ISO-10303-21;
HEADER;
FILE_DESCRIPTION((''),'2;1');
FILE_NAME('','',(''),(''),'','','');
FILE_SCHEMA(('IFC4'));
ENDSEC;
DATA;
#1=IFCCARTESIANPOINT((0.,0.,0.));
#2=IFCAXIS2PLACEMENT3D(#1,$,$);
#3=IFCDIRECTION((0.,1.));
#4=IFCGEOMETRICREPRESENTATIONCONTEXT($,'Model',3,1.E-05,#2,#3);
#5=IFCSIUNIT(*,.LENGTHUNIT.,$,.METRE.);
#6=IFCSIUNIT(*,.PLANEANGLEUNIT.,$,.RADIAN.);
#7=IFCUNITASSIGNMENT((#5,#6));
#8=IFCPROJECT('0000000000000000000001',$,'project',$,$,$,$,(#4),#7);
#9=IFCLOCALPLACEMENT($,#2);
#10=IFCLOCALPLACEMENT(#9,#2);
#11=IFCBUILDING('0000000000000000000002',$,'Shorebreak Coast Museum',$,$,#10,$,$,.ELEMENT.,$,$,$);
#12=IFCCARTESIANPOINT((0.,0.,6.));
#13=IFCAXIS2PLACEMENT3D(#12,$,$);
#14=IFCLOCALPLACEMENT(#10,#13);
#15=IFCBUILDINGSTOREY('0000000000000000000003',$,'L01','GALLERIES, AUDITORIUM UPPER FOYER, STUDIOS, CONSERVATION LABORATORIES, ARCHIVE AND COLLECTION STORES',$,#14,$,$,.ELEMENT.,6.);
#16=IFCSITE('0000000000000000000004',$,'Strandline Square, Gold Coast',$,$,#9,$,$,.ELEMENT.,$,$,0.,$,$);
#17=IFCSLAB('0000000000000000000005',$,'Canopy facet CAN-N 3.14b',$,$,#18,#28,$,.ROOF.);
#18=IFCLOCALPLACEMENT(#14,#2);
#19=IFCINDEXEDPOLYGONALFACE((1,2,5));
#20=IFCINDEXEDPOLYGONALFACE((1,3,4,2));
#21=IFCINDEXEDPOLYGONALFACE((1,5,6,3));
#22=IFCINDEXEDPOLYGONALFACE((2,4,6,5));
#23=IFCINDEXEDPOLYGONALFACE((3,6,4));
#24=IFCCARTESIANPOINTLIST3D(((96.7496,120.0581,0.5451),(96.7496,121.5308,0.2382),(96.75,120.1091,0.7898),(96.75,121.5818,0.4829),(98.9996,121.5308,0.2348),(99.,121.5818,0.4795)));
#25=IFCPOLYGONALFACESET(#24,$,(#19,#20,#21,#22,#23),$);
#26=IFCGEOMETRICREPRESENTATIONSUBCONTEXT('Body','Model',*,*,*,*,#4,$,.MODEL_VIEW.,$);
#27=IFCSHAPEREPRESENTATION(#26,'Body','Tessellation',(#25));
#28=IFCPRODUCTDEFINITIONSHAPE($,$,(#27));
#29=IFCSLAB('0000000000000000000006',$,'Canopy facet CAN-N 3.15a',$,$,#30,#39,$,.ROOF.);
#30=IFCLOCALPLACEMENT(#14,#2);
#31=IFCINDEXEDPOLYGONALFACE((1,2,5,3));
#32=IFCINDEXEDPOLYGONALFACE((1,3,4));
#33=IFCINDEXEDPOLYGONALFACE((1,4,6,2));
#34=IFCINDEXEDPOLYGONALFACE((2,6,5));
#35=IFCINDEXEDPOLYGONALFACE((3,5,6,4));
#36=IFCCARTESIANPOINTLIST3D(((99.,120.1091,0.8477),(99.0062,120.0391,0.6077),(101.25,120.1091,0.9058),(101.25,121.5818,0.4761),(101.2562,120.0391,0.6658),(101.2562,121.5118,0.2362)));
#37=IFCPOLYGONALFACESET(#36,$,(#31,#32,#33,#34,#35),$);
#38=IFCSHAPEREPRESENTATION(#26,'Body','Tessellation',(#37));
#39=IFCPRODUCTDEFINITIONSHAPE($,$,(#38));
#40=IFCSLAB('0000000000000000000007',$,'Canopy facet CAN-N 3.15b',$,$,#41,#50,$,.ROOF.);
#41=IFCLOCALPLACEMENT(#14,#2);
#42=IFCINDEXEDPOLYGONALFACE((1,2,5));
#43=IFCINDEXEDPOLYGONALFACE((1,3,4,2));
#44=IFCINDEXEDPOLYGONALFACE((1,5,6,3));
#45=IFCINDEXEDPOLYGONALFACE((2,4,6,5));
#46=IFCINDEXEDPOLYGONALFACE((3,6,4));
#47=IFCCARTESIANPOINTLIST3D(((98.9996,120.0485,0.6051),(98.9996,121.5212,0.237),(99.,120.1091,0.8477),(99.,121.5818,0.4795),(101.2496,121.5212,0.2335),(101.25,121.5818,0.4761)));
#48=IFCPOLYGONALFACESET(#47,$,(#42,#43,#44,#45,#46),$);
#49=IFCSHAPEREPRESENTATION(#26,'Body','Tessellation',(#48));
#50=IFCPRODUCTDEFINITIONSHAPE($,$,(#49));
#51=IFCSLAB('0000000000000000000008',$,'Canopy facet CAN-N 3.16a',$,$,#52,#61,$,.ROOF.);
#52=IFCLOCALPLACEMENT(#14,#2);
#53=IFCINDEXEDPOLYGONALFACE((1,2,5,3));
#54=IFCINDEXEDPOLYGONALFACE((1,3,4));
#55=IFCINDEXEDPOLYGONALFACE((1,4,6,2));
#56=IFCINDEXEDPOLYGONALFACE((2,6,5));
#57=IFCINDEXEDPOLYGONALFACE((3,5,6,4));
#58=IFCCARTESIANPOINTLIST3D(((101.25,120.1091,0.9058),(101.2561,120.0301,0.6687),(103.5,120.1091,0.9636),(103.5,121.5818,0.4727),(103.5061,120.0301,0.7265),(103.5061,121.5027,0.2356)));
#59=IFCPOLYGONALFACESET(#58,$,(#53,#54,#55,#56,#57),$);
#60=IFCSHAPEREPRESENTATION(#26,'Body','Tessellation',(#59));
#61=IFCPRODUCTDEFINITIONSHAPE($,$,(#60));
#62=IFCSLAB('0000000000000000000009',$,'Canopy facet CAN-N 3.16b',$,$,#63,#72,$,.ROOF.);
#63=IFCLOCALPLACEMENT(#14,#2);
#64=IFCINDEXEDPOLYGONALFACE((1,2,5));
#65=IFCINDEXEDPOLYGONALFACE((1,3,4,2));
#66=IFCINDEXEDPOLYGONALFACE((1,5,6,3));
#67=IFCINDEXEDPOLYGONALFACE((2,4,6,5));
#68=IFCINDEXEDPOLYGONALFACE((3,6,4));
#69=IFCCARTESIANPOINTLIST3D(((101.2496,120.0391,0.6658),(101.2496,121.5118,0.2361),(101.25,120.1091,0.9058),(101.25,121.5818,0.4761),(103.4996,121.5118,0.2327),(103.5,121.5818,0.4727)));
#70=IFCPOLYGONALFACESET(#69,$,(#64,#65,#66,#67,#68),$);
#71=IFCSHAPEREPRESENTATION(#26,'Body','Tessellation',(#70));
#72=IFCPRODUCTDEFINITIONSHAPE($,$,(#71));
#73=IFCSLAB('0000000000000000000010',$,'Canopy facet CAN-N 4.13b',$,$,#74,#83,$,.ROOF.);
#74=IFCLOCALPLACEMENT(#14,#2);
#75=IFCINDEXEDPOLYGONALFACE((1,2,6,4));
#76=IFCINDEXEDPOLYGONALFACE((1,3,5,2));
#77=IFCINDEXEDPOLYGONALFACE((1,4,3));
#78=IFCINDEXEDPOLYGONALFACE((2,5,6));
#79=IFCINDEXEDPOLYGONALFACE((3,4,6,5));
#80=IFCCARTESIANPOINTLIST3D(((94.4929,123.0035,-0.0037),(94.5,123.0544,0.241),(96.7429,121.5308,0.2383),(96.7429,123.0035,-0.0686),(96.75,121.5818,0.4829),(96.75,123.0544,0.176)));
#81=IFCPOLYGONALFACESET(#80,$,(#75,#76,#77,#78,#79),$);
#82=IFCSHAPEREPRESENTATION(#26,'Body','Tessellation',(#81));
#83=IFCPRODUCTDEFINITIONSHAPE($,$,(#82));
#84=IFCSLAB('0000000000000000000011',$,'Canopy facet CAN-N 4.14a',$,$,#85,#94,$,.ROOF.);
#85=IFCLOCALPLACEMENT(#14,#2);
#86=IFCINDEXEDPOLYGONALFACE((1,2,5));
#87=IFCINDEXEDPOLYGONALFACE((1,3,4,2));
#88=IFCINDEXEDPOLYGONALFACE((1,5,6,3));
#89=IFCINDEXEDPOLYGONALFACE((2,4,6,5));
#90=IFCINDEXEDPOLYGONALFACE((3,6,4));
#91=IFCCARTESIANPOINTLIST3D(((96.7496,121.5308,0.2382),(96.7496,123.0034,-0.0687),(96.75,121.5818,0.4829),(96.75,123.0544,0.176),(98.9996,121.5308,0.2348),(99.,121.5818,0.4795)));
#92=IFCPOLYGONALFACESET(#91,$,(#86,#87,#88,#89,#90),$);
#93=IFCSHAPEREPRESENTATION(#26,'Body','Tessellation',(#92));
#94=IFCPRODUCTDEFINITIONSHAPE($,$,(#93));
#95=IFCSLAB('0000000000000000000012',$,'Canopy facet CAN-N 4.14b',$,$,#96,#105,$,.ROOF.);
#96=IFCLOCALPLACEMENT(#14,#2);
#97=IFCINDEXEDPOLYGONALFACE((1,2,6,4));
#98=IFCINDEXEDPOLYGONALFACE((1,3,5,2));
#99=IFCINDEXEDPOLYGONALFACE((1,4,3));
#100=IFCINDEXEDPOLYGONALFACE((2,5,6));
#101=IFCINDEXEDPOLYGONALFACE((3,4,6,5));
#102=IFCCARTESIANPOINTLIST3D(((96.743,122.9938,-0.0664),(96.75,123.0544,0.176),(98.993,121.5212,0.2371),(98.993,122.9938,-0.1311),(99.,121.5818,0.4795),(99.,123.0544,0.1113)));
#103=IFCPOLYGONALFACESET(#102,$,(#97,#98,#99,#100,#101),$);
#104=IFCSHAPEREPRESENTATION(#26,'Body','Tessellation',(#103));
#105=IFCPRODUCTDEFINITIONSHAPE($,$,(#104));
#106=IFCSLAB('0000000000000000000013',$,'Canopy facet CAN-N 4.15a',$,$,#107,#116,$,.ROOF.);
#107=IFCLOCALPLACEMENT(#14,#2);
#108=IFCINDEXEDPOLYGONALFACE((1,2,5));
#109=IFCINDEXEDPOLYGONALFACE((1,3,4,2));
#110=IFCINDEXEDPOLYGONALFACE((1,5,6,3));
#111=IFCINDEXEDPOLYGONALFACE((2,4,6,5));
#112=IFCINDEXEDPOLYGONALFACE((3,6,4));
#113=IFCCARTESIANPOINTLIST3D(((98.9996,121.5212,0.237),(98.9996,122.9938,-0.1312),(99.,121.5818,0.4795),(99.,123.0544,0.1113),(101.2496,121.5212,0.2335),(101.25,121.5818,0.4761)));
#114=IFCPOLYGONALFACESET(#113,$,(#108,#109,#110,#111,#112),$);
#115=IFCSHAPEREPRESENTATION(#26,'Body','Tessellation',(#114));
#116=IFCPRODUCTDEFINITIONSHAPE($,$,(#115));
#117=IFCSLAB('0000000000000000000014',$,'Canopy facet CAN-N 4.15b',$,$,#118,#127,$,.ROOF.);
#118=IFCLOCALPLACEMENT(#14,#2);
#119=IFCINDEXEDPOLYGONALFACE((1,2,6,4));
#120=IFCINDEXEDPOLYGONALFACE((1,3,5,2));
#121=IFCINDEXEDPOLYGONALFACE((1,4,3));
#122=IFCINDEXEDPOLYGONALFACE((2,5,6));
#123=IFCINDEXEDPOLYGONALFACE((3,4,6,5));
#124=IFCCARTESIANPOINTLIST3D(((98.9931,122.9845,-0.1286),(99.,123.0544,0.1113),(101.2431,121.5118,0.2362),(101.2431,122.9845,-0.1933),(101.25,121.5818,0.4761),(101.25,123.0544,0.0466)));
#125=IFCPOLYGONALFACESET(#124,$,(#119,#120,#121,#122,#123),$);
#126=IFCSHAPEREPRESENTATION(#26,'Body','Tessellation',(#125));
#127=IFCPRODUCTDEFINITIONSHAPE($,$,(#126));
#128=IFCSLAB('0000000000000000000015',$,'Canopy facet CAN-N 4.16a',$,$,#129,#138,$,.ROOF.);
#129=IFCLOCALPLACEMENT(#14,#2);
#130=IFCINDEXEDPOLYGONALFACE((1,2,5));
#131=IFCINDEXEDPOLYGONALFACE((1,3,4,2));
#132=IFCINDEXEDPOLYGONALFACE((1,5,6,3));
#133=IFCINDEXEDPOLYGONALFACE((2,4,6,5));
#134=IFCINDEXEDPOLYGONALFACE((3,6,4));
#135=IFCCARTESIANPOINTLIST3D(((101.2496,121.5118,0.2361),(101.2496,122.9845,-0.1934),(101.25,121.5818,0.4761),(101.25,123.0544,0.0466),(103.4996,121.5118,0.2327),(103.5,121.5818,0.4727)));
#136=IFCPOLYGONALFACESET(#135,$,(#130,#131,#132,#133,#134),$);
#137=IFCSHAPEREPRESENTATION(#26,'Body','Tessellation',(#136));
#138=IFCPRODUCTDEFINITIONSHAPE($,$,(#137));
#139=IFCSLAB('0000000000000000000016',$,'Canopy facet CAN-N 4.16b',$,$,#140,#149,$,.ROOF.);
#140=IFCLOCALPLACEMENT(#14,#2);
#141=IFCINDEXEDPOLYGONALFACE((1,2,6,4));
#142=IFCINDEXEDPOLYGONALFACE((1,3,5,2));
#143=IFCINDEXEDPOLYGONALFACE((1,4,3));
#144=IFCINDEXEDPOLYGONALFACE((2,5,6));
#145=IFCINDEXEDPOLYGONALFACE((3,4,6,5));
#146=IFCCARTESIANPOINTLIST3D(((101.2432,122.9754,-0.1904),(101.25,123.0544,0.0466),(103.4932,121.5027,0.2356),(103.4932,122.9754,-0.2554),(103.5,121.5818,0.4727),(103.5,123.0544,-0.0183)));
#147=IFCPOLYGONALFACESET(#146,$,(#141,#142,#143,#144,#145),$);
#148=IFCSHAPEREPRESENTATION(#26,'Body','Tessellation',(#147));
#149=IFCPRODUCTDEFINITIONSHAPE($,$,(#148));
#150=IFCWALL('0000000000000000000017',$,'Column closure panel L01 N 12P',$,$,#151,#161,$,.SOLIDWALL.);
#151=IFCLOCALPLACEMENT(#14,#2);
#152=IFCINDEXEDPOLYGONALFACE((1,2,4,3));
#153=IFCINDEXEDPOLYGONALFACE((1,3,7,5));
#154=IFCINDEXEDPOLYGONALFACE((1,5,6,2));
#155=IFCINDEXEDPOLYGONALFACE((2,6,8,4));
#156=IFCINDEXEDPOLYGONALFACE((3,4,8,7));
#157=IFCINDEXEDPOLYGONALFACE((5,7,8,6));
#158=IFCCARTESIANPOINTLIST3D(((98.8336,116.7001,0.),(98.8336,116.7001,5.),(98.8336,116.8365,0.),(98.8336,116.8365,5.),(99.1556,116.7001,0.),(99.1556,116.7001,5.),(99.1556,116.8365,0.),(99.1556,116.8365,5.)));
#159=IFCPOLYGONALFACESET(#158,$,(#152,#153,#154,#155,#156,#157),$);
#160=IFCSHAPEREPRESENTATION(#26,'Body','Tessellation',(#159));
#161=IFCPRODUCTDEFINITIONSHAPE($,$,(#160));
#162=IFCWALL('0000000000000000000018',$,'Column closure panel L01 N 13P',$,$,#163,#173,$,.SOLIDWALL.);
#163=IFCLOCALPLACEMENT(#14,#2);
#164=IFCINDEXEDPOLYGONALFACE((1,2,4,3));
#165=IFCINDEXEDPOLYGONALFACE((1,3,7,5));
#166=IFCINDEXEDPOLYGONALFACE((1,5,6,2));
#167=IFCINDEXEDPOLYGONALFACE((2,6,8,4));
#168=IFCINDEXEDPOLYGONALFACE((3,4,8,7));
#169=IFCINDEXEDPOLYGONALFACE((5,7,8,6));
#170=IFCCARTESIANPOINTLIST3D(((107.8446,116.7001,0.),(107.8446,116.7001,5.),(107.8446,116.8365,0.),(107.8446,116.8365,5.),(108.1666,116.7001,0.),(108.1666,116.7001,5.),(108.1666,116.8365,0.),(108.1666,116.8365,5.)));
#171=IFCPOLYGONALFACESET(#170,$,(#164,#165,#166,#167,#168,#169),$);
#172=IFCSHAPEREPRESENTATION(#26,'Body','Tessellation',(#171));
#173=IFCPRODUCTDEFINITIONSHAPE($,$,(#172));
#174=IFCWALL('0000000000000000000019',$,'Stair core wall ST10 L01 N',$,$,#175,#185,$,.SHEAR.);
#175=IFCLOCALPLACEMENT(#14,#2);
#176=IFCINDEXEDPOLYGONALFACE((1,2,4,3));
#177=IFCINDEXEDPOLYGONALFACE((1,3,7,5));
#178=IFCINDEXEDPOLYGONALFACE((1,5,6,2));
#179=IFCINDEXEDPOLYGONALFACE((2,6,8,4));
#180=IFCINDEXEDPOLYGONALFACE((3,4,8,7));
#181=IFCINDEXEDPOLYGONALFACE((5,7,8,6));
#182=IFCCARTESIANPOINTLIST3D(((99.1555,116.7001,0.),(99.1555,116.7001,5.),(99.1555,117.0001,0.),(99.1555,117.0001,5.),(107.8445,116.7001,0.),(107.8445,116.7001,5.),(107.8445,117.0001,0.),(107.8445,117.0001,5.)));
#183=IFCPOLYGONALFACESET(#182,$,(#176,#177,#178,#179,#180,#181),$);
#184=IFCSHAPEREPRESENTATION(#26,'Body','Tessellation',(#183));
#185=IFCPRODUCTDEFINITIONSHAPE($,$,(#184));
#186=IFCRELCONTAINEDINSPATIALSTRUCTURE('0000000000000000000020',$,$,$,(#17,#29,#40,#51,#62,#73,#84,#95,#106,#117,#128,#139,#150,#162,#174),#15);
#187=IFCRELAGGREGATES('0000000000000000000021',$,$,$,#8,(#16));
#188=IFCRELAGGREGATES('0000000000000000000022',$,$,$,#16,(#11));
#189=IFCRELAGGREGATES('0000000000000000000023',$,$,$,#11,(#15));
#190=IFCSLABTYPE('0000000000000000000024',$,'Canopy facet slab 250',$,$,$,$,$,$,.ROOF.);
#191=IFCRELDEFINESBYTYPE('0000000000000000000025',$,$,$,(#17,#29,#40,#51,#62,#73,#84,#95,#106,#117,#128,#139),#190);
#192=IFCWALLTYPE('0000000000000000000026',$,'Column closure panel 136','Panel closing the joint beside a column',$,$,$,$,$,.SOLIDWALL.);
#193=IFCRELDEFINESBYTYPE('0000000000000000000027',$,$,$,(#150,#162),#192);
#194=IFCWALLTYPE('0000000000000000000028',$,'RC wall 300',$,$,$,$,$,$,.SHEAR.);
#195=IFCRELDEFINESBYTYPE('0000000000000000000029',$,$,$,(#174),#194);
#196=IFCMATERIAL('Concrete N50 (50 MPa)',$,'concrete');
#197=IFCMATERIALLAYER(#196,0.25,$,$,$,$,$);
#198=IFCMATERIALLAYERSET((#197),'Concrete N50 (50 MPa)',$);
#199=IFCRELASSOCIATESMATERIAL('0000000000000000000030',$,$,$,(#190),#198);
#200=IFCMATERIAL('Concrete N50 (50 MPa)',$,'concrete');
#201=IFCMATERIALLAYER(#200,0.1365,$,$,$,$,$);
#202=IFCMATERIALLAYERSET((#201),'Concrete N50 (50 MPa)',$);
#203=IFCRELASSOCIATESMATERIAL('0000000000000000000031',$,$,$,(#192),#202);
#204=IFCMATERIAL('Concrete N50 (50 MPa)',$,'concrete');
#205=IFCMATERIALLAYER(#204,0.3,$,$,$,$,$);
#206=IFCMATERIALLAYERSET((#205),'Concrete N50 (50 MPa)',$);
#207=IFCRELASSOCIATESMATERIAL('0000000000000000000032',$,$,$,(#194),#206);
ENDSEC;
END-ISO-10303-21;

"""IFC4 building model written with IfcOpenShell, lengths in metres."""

from ifc_helpers import new_model, si_unit, direction, frame, frame_2d, origin, place, context, subcontext, project, spatial, polyline, rectangle, outline, extrude, material, layer, layer_set, type_object, element, save


model = new_model("IFC4")

# Units and contexts
model_context = context("Model", 3, precision=1e-05, world=origin(), true_north=direction((0.0, 1.0)))
body_context = subcontext(model_context, "Body", "Model", "MODEL_VIEW")
ifc_project = project(units=[si_unit("LENGTHUNIT", "METRE"), si_unit("PLANEANGLEUNIT", "RADIAN")], contexts=[model_context])

# Site, building, storey
site_placement = place(None, origin())
site = spatial("IfcSite", under=ifc_project, at=site_placement, Name="Strandline Square, Gold Coast", CompositionType="ELEMENT", RefElevation=0.0)
building_placement = place(site_placement, origin())
building = spatial("IfcBuilding", under=site, at=building_placement, Name="Shorebreak Coast Museum", CompositionType="ELEMENT")
storey_placement = place(building_placement, frame((0.0, 0.0, 6.0)))
storey = spatial("IfcBuildingStorey", under=building, at=storey_placement, Name="L01", Description="GALLERIES, AUDITORIUM UPPER FOYER, STUDIOS, CONSERVATION LABORATORIES, ARCHIVE AND COLLECTION STORES", CompositionType="ELEMENT", Elevation=6.0)

# Slabs
ifc_material_1 = material(Name="Concrete N50 (50 MPa)", Category="concrete")
ifc_layer_1 = layer(ifc_material_1, 0.25)
ifc_layer_set_1 = layer_set([ifc_layer_1], Name="Concrete N50 (50 MPa)")
slab_type = type_object("IfcSlabType", Name="Canopy facet slab 250", PredefinedType="ROOF", material=ifc_layer_set_1)
slab_1_placement = place(storey_placement, frame((96.75, 120.1091, 0.7898), z_axis=(0.001487, 0.204006, 0.978969), x_axis=(0.831198, 0.544031, -0.114632)))
element("IfcSlab", 1, at=slab_1_placement, inside=storey, type_object=slab_type, Name="Canopy facet CAN-N 3.14b", PredefinedType="ROOF", context=body_context, shape_type="SweptSolid", body=[
    extrude(outline(polyline([(0.0, 0.0), (2.7069, 0.0), (0.8363, 1.2504), (0.0, 0.0)])), origin(), (0.0, 0.0, -1.0), 0.25),
])
slab_2_placement = place(storey_placement, frame((99.0, 120.1091, 0.8477), z_axis=(-0.024783, 0.280012, 0.959677), x_axis=(0.999667, 0.0, 0.025816)))
element("IfcSlab", 2, at=slab_2_placement, inside=storey, type_object=slab_type, Name="Canopy facet CAN-N 3.15a", PredefinedType="ROOF", context=body_context, shape_type="SweptSolid", body=[
    extrude(outline(polyline([(0.0, 0.0), (2.2508, 0.0), (2.2397, 1.534), (0.0, 0.0)])), origin(), (0.0, 0.0, -1.0), 0.25),
])
slab_3_placement = place(storey_placement, frame((99.0, 120.1091, 0.8477), z_axis=(0.001474, 0.242535, 0.970141), x_axis=(0.828838, 0.542486, -0.136881)))
element("IfcSlab", 3, at=slab_3_placement, inside=storey, type_object=slab_type, Name="Canopy facet CAN-N 3.15b", PredefinedType="ROOF", context=body_context, shape_type="SweptSolid", body=[
    extrude(outline(polyline([(0.0, 0.0), (2.7146, 0.0), (0.8493, 1.2582), (0.0, 0.0)])), origin(), (0.0, 0.0, -1.0), 0.25),
])
slab_4_placement = place(storey_placement, frame((101.25, 120.1091, 0.9058), z_axis=(-0.024389, 0.316181, 0.948385), x_axis=(0.99967, 0.0, 0.025708)))
element("IfcSlab", 4, at=slab_4_placement, inside=storey, type_object=slab_type, Name="Canopy facet CAN-N 3.16a", PredefinedType="ROOF", context=body_context, shape_type="SweptSolid", body=[
    extrude(outline(polyline([(0.0, 0.0), (2.2507, 0.0), (2.2381, 1.5523), (0.0, 0.0)])), origin(), (0.0, 0.0, -1.0), 0.25),
])
slab_5_placement = place(storey_placement, frame((101.25, 120.1091, 0.9058), z_axis=(0.001458, 0.280097, 0.95997), x_axis=(0.826068, 0.540673, -0.159011)))
element("IfcSlab", 5, at=slab_5_placement, inside=storey, type_object=slab_type, Name="Canopy facet CAN-N 3.16b", PredefinedType="ROOF", context=body_context, shape_type="SweptSolid", body=[
    extrude(outline(polyline([(0.0, 0.0), (2.7237, 0.0), (0.8646, 1.2672), (0.0, 0.0)])), origin(), (0.0, 0.0, -1.0), 0.25),
])
slab_6_placement = place(storey_placement, frame((96.75, 121.5818, 0.4829), z_axis=(0.028245, 0.203925, 0.978579), x_axis=(0.0, 0.97897, -0.204006)))
element("IfcSlab", 6, at=slab_6_placement, inside=storey, type_object=slab_type, Name="Canopy facet CAN-N 4.13b", PredefinedType="ROOF", context=body_context, shape_type="SweptSolid", body=[
    extrude(outline(polyline([(0.0, 0.0), (1.5043, 0.0), (1.491, 2.2509), (0.0, 0.0)])), origin(), (0.0, 0.0, -1.0), 0.25),
])
slab_7_placement = place(storey_placement, frame((96.75, 121.5818, 0.4829), z_axis=(0.001487, 0.204006, 0.978969), x_axis=(0.999999, 0.0, -0.001519)))
element("IfcSlab", 7, at=slab_7_placement, inside=storey, type_object=slab_type, Name="Canopy facet CAN-N 4.14a", PredefinedType="ROOF", context=body_context, shape_type="SweptSolid", body=[
    extrude(outline(polyline([(0.0, 0.0), (2.25, 0.0), (0.0005, 1.5043), (0.0, 0.0)])), origin(), (0.0, 0.0, -1.0), 0.25),
])
slab_8_placement = place(storey_placement, frame((99.0, 121.5818, 0.4795), z_axis=(0.027885, 0.242441, 0.969765), x_axis=(0.0, 0.970143, -0.242536)))
element("IfcSlab", 8, at=slab_8_placement, inside=storey, type_object=slab_type, Name="Canopy facet CAN-N 4.14b", PredefinedType="ROOF", context=body_context, shape_type="SweptSolid", body=[
    extrude(outline(polyline([(0.0, 0.0), (1.518, 0.0), (1.5023, 2.2509), (0.0, 0.0)])), origin(), (0.0, 0.0, -1.0), 0.25),
])
slab_9_placement = place(storey_placement, frame((99.0, 121.5818, 0.4795), z_axis=(0.001474, 0.242535, 0.970141), x_axis=(0.999999, 0.0, -0.001519)))
element("IfcSlab", 9, at=slab_9_placement, inside=storey, type_object=slab_type, Name="Canopy facet CAN-N 4.15a", PredefinedType="ROOF", context=body_context, shape_type="SweptSolid", body=[
    extrude(outline(polyline([(0.0, 0.0), (2.25, 0.0), (0.0006, 1.518), (0.0, 0.0)])), origin(), (0.0, 0.0, -1.0), 0.25),
])
slab_10_placement = place(storey_placement, frame((101.25, 121.5818, 0.4761), z_axis=(0.027594, 0.279845, 0.959649), x_axis=(0.0, 0.960014, -0.279951)))
element("IfcSlab", 10, at=slab_10_placement, inside=storey, type_object=slab_type, Name="Canopy facet CAN-N 4.15b", PredefinedType="ROOF", context=body_context, shape_type="SweptSolid", body=[
    extrude(outline(polyline([(0.0, 0.0), (1.534, 0.0), (1.5159, 2.2509), (0.0, 0.0)])), origin(), (0.0, 0.0, -1.0), 0.25),
])
slab_11_placement = place(storey_placement, frame((101.25, 121.5818, 0.4761), z_axis=(0.001458, 0.279951, 0.960013), x_axis=(0.999999, 0.0, -0.001519)))
element("IfcSlab", 11, at=slab_11_placement, inside=storey, type_object=slab_type, Name="Canopy facet CAN-N 4.16a", PredefinedType="ROOF", context=body_context, shape_type="SweptSolid", body=[
    extrude(outline(polyline([(0.0, 0.0), (2.25, 0.0), (0.0007, 1.534), (0.0, 0.0)])), origin(), (0.0, 0.0, -1.0), 0.25),
])
slab_12_placement = place(storey_placement, frame((103.5, 121.5818, 0.4727), z_axis=(0.027371, 0.316156, 0.948312), x_axis=(0.0, 0.948668, -0.316275)))
element("IfcSlab", 12, at=slab_12_placement, inside=storey, type_object=slab_type, Name="Canopy facet CAN-N 4.16b", PredefinedType="ROOF", context=body_context, shape_type="SweptSolid", body=[
    extrude(outline(polyline([(0.0, 0.0), (1.5523, 0.0), (1.5318, 2.2508), (0.0, 0.0)])), origin(), (0.0, 0.0, -1.0), 0.25),
])

# Walls
ifc_material_2 = material(Name="Concrete N50 (50 MPa)", Category="concrete")
ifc_layer_2 = layer(ifc_material_2, 0.1365)
ifc_layer_set_2 = layer_set([ifc_layer_2], Name="Concrete N50 (50 MPa)")
wall_type_1 = type_object("IfcWallType", Name="Column closure panel 136", Description="Panel closing the joint beside a column", PredefinedType="SOLIDWALL", material=ifc_layer_set_2)
for number, where, z_axis, x_axis, name in (
    (13, (98.8335, 116.7683, 0.0), (0.0, 0.0, 1.0), (1.0, 0.0, 0.0), "Column closure panel L01 N 12P"),
    (14, (107.8445, 116.7683, 0.0), (0.0, 0.0, 1.0), (1.0, 0.0, 0.0), "Column closure panel L01 N 13P"),
):
    element("IfcWall", number, at=place(storey_placement, frame(where, z_axis=z_axis, x_axis=x_axis)), inside=storey, type_object=wall_type_1, Name=name, PredefinedType="SOLIDWALL", context=body_context, shape_type="SweptSolid", body=[
        extrude(rectangle(XDim=0.322, YDim=0.1365, at=frame_2d((0.1611, 0.0))), origin(), (0.0, 0.0, 1.0), 5.0),
    ])
ifc_material_3 = material(Name="Concrete N50 (50 MPa)", Category="concrete")
ifc_layer_3 = layer(ifc_material_3, 0.3)
ifc_layer_set_3 = layer_set([ifc_layer_3], Name="Concrete N50 (50 MPa)")
wall_type_2 = type_object("IfcWallType", Name="RC wall 300", PredefinedType="SHEAR", material=ifc_layer_set_3)
wall_placement = place(storey_placement, frame((99.1555, 116.8501, 0.0), z_axis=(0.0, 0.0, 1.0), x_axis=(1.0, 0.0, 0.0)))
element("IfcWall", 15, at=wall_placement, inside=storey, type_object=wall_type_2, Name="Stair core wall ST10 L01 N", PredefinedType="SHEAR", context=body_context, shape_type="SweptSolid", body=[
    extrude(rectangle(XDim=8.689, YDim=0.3, at=frame_2d((4.3445, 0.0))), origin(), (0.0, 0.0, 1.0), 5.0),
])

save(model, "model.ifc")
